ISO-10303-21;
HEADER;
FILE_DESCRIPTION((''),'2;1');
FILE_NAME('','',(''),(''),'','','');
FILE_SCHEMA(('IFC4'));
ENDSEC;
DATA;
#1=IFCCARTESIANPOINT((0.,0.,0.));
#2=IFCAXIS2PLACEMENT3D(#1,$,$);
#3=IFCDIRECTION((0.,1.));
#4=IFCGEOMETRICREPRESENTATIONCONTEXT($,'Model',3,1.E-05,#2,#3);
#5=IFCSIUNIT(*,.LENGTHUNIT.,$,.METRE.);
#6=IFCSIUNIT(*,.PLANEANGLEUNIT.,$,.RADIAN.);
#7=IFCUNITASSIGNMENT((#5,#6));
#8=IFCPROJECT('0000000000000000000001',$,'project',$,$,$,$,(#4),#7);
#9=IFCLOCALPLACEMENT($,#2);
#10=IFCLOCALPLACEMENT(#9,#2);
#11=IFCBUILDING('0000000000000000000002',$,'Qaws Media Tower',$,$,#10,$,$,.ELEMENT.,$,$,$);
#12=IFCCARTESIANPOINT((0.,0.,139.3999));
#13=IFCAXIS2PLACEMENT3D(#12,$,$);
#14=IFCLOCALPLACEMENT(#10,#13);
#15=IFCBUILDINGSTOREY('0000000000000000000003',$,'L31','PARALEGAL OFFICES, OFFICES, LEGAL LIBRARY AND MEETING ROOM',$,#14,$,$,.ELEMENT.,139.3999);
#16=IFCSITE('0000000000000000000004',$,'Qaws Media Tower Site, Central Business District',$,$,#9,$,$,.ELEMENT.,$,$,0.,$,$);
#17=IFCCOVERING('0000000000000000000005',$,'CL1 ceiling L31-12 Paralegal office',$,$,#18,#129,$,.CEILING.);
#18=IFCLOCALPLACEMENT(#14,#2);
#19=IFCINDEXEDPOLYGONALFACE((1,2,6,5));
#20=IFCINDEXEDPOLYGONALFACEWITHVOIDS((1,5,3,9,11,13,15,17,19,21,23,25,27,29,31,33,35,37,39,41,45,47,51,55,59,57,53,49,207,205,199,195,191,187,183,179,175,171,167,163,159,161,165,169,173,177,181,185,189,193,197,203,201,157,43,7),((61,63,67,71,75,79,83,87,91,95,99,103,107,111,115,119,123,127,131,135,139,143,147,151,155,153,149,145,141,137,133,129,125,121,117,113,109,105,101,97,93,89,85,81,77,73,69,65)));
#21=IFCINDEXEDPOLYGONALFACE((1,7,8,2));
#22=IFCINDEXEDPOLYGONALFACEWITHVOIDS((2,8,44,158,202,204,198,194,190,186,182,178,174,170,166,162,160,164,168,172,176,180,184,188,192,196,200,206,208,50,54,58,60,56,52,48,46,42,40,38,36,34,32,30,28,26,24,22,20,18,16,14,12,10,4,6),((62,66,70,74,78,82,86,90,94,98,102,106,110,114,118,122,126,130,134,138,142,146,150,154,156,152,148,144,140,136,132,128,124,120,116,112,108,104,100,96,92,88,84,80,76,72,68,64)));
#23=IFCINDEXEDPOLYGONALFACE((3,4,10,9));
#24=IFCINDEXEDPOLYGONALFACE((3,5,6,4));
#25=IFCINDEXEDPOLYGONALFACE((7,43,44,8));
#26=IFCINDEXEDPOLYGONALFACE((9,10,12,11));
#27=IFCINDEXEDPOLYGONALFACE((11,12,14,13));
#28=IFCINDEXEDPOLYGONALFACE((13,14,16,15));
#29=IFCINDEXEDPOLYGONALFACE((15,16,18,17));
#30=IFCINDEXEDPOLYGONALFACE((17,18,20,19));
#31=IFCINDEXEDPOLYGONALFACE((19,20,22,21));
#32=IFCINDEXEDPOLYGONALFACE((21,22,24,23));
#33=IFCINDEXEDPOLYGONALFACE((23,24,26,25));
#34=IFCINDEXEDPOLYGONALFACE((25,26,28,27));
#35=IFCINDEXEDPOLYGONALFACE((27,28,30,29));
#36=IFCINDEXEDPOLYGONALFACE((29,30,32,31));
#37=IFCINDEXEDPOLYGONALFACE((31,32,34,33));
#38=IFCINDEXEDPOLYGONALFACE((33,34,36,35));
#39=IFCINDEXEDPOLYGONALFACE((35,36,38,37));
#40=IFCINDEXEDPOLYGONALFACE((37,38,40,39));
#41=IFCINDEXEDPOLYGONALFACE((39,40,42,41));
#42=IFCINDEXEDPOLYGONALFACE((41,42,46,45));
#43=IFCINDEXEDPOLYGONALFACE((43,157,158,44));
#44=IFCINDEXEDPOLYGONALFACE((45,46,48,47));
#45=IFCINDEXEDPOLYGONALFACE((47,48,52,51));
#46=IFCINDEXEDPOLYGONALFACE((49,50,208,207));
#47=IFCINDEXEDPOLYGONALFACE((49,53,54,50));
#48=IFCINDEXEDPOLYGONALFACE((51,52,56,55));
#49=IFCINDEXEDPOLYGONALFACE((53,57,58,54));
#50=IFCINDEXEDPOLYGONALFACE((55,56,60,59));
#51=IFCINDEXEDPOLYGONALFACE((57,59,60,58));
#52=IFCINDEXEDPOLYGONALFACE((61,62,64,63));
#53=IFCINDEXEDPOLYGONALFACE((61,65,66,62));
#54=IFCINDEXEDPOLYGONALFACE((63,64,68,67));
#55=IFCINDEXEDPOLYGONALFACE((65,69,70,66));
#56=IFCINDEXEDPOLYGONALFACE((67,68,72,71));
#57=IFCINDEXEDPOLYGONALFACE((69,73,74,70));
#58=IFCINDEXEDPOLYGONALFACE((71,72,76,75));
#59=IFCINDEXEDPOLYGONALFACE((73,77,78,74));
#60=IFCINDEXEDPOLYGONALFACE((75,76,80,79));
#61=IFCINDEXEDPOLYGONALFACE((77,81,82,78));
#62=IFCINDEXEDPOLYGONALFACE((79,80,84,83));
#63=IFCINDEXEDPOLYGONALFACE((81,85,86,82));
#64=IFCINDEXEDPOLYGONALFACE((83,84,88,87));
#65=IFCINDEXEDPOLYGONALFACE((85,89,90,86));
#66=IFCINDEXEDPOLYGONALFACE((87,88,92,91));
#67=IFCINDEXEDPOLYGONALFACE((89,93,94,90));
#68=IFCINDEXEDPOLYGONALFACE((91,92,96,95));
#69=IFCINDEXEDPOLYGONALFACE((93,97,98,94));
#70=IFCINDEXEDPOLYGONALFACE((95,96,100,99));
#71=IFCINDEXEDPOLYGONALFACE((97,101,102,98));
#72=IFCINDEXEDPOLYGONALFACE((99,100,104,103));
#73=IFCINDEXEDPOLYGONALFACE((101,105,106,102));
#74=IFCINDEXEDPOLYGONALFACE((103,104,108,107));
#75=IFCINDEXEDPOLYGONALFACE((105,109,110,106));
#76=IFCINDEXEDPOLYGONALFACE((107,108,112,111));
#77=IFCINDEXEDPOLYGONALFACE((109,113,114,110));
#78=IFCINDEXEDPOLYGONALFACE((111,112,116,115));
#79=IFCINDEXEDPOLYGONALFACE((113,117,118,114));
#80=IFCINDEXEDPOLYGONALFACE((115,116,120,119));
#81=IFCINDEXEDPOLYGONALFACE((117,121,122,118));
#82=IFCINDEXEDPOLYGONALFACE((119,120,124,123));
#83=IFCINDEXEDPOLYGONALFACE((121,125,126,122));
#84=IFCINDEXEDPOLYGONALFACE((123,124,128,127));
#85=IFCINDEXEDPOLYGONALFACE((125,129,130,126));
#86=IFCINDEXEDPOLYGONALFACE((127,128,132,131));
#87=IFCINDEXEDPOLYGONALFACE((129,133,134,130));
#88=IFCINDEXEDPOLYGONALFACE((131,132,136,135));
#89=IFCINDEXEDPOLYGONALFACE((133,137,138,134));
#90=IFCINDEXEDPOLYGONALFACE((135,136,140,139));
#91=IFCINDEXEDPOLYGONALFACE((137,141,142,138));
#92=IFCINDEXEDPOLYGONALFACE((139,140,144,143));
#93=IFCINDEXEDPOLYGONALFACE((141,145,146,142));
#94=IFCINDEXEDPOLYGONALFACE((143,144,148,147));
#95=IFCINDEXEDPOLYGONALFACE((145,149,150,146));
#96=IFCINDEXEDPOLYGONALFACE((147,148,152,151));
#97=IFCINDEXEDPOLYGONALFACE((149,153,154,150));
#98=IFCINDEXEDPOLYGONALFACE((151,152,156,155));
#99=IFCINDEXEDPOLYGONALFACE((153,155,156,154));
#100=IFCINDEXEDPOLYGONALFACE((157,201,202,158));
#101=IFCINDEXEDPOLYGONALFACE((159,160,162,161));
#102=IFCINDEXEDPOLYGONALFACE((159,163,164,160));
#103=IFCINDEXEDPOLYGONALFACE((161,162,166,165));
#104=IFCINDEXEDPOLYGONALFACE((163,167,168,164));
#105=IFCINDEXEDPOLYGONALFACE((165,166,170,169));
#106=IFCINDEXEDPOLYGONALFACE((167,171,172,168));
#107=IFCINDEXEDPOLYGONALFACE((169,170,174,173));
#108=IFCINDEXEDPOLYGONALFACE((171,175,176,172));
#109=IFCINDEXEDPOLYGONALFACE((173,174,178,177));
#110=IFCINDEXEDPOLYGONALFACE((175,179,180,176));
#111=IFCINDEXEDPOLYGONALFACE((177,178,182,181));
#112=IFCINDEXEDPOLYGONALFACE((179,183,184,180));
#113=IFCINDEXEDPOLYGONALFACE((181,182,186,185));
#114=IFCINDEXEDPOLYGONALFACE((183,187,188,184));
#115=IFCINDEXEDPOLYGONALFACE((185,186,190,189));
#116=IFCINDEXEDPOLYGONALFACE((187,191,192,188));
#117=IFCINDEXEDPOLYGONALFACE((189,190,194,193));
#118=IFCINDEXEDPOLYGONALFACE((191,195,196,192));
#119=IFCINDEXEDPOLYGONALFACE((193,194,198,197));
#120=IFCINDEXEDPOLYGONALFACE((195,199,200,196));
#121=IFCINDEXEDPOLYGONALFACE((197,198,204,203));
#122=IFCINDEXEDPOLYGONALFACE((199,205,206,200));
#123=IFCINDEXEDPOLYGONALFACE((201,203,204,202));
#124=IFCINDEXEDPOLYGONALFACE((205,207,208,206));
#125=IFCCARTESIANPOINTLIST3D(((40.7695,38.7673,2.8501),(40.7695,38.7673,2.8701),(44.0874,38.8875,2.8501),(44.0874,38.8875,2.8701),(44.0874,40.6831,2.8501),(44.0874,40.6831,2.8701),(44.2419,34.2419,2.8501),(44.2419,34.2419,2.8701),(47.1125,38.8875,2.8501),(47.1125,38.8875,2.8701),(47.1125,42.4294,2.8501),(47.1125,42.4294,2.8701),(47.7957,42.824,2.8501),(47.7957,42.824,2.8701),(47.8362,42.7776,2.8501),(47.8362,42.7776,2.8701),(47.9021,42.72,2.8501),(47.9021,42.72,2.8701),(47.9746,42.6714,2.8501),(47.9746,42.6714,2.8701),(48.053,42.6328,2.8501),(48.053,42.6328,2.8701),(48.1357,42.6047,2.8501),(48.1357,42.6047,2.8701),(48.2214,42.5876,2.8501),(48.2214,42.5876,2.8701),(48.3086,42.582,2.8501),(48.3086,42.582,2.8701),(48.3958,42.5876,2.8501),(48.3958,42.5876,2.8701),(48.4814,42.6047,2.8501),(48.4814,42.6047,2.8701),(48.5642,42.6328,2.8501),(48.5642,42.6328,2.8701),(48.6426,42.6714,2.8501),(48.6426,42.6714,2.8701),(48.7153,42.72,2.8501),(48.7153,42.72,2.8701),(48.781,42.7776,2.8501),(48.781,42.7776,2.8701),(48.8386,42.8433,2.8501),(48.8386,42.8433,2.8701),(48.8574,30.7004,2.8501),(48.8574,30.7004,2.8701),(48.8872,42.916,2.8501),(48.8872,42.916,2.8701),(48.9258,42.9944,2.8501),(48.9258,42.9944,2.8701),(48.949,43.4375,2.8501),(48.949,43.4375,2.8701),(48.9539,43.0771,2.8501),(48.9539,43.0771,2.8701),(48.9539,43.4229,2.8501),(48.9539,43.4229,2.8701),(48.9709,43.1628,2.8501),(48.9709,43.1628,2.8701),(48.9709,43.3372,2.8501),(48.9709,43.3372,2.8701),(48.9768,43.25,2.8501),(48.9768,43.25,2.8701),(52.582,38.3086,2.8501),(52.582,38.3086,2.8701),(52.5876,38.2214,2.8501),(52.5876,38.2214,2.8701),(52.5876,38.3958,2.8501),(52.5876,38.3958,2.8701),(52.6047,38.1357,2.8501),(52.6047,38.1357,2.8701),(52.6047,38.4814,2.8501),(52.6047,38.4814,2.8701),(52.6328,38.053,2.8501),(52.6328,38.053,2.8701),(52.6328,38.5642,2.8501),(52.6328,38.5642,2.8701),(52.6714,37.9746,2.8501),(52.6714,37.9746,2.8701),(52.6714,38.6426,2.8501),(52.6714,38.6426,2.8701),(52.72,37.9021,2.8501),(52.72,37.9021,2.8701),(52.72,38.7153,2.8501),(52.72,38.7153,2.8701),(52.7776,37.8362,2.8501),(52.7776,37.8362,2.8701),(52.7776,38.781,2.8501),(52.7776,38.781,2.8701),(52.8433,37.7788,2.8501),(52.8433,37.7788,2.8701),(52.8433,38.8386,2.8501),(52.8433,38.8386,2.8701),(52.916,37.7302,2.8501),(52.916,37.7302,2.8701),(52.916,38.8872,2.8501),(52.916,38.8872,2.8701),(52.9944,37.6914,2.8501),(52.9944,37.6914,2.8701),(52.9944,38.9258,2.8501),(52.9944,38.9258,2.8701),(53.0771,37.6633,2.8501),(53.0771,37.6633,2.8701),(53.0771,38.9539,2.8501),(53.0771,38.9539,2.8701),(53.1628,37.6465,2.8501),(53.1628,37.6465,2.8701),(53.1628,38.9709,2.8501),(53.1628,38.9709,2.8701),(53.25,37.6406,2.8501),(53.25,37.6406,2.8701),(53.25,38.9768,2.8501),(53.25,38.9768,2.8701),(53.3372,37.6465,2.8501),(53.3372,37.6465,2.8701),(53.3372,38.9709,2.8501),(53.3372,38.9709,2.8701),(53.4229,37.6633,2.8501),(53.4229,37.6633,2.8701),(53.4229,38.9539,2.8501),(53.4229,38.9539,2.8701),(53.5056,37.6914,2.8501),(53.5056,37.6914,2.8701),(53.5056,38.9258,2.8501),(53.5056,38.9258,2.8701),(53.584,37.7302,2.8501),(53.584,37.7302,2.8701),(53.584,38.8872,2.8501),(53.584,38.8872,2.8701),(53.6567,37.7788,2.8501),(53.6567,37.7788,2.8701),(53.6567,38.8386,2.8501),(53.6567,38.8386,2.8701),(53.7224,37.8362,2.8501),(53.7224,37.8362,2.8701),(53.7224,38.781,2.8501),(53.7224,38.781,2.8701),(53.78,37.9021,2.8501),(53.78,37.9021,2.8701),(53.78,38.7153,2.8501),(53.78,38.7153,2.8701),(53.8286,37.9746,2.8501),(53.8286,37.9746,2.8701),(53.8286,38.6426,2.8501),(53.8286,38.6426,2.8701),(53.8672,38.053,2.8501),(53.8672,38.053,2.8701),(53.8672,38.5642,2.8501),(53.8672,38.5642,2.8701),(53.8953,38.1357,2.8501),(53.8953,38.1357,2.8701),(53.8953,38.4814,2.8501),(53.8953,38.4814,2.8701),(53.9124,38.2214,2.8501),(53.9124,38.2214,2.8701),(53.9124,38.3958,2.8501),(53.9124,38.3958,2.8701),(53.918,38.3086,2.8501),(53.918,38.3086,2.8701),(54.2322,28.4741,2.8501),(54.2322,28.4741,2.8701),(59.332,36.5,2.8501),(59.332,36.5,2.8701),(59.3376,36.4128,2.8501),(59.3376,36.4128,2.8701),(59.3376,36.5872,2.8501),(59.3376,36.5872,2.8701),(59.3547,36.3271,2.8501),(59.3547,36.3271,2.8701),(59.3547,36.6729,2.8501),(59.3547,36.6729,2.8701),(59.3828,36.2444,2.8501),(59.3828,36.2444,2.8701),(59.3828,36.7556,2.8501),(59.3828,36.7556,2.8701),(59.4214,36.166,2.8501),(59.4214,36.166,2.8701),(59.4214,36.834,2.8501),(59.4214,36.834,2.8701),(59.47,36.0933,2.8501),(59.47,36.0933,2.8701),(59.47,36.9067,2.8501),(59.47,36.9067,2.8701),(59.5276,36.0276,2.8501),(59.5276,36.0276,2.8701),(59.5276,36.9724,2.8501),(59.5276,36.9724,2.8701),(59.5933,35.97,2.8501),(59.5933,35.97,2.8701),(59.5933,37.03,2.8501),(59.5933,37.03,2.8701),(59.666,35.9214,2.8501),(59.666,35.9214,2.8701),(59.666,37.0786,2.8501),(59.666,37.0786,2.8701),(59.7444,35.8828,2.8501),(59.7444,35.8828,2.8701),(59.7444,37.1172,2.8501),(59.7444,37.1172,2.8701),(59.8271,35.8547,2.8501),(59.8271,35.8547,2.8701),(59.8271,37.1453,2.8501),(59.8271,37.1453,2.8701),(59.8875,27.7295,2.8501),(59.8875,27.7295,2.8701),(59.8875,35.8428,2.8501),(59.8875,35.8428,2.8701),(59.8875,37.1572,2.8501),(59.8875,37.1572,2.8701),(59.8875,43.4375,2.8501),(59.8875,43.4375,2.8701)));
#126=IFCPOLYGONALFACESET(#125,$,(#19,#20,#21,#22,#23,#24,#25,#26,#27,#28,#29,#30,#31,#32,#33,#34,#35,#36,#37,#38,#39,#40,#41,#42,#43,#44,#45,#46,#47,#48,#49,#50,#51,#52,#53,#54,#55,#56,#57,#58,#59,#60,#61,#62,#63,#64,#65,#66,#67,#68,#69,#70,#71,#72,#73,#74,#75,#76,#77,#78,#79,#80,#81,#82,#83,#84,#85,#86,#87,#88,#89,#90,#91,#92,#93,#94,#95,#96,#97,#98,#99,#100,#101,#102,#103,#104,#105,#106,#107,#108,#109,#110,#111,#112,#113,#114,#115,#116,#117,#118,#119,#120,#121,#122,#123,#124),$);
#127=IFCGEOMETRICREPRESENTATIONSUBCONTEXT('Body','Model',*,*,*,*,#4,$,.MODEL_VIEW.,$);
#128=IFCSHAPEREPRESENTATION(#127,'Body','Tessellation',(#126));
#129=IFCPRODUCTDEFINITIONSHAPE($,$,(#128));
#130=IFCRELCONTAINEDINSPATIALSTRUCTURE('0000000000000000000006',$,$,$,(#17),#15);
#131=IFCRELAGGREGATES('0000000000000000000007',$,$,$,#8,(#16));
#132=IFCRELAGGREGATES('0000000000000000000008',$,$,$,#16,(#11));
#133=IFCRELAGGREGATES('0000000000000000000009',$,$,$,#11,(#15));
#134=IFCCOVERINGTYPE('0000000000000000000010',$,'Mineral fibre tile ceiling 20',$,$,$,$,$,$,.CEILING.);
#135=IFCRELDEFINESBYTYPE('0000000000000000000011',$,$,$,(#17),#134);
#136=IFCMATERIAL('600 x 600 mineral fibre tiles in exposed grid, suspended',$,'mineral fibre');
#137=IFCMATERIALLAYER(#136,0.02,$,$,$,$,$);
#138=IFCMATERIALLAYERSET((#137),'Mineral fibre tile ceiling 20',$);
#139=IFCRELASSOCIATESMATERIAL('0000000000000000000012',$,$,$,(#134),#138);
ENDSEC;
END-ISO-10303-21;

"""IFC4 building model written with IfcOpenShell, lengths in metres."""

from ifc_helpers import new_model, si_unit, direction, frame, origin, place, context, subcontext, project, spatial, polyline, outline, extrude, material, layer, layer_set, type_object, element, save


model = new_model("IFC4")

# Units and contexts
model_context = context("Model", 3, precision=1e-05, world=origin(), true_north=direction((0.0, 1.0)))
body_context = subcontext(model_context, "Body", "Model", "MODEL_VIEW")
ifc_project = project(units=[si_unit("LENGTHUNIT", "METRE"), si_unit("PLANEANGLEUNIT", "RADIAN")], contexts=[model_context])

# Site, building, storey
site_placement = place(None, origin())
site = spatial("IfcSite", under=ifc_project, at=site_placement, Name="Qaws Media Tower Site, Central Business District", CompositionType="ELEMENT", RefElevation=0.0)
building_placement = place(site_placement, origin())
building = spatial("IfcBuilding", under=site, at=building_placement, Name="Qaws Media Tower", CompositionType="ELEMENT")
storey_placement = place(building_placement, frame((0.0, 0.0, 139.3999)))
storey = spatial("IfcBuildingStorey", under=building, at=storey_placement, Name="L31", Description="PARALEGAL OFFICES, OFFICES, LEGAL LIBRARY AND MEETING ROOM", CompositionType="ELEMENT", Elevation=139.3999)

# Covering
ifc_material_1 = material(Name="600 x 600 mineral fibre tiles in exposed grid, suspended", Category="mineral fibre")
ifc_layer_1 = layer(ifc_material_1, 0.02)
ifc_layer_set_1 = layer_set([ifc_layer_1], Name="Mineral fibre tile ceiling 20")
covering_type_1 = type_object("IfcCoveringType", Name="Mineral fibre tile ceiling 20", PredefinedType="CEILING", material=ifc_layer_set_1)
covering_1_placement = place(storey_placement, frame((0.0, 0.0, 2.8501)))
element("IfcCovering", 1, at=covering_1_placement, inside=storey, type_object=covering_type_1, Name="CL1 ceiling L31-12 Paralegal office", PredefinedType="CEILING", context=body_context, shape_type="SweptSolid", body=[
    extrude(outline(polyline([(54.2322, 28.4741), (48.8574, 30.7004), (44.2419, 34.2419), (40.7695, 38.7673), (44.0874, 40.6831), (44.0874, 38.8875), (47.1125, 38.8875), (47.1125, 42.4294), (47.7957, 42.824), (47.8362, 42.7776), (47.9021, 42.72), (47.9746, 42.6714), (48.053, 42.6328), (48.1357, 42.6047), (48.2214, 42.5876), (48.3086, 42.582), (48.3958, 42.5876), (48.4814, 42.6047), (48.5642, 42.6328), (48.6426, 42.6714), (48.7153, 42.72), (48.781, 42.7776), (48.8386, 42.8433), (48.8872, 42.916), (48.9258, 42.9944), (48.9539, 43.0771), (48.9709, 43.1628), (48.9768, 43.25), (48.9709, 43.3372), (48.9539, 43.4229), (48.949, 43.4375), (59.8875, 43.4375), (59.8875, 37.1572), (59.8271, 37.1453), (59.7444, 37.1172), (59.666, 37.0786), (59.5933, 37.03), (59.5276, 36.9724), (59.47, 36.9067), (59.4214, 36.834), (59.3828, 36.7556), (59.3547, 36.6729), (59.3376, 36.5872), (59.332, 36.5), (59.3376, 36.4128), (59.3547, 36.3271), (59.3828, 36.2444), (59.4214, 36.166), (59.47, 36.0933), (59.5276, 36.0276), (59.5933, 35.97), (59.666, 35.9214), (59.7444, 35.8828), (59.8271, 35.8547), (59.8875, 35.8428), (59.8875, 27.7295), (54.2322, 28.4741)]), holes=[polyline([(53.8953, 38.1357), (53.9124, 38.2214), (53.918, 38.3086), (53.9124, 38.3958), (53.8953, 38.4814), (53.8672, 38.5642), (53.8286, 38.6426), (53.78, 38.7153), (53.7224, 38.781), (53.6567, 38.8386), (53.584, 38.8872), (53.5056, 38.9258), (53.4229, 38.9539), (53.3372, 38.9709), (53.25, 38.9768), (53.1628, 38.9709), (53.0771, 38.9539), (52.9944, 38.9258), (52.916, 38.8872), (52.8433, 38.8386), (52.7776, 38.781), (52.72, 38.7153), (52.6714, 38.6426), (52.6328, 38.5642), (52.6047, 38.4814), (52.5876, 38.3958), (52.582, 38.3086), (52.5876, 38.2214), (52.6047, 38.1357), (52.6328, 38.053), (52.6714, 37.9746), (52.72, 37.9021), (52.7776, 37.8362), (52.8433, 37.7788), (52.916, 37.7302), (52.9944, 37.6914), (53.0771, 37.6633), (53.1628, 37.6465), (53.25, 37.6406), (53.3372, 37.6465), (53.4229, 37.6633), (53.5056, 37.6914), (53.584, 37.7302), (53.6567, 37.7788), (53.7224, 37.8362), (53.78, 37.9021), (53.8286, 37.9746), (53.8672, 38.053), (53.8953, 38.1357)])]), origin(), (0.0, 0.0, 1.0), 0.02),
])

save(model, "model.ifc")
